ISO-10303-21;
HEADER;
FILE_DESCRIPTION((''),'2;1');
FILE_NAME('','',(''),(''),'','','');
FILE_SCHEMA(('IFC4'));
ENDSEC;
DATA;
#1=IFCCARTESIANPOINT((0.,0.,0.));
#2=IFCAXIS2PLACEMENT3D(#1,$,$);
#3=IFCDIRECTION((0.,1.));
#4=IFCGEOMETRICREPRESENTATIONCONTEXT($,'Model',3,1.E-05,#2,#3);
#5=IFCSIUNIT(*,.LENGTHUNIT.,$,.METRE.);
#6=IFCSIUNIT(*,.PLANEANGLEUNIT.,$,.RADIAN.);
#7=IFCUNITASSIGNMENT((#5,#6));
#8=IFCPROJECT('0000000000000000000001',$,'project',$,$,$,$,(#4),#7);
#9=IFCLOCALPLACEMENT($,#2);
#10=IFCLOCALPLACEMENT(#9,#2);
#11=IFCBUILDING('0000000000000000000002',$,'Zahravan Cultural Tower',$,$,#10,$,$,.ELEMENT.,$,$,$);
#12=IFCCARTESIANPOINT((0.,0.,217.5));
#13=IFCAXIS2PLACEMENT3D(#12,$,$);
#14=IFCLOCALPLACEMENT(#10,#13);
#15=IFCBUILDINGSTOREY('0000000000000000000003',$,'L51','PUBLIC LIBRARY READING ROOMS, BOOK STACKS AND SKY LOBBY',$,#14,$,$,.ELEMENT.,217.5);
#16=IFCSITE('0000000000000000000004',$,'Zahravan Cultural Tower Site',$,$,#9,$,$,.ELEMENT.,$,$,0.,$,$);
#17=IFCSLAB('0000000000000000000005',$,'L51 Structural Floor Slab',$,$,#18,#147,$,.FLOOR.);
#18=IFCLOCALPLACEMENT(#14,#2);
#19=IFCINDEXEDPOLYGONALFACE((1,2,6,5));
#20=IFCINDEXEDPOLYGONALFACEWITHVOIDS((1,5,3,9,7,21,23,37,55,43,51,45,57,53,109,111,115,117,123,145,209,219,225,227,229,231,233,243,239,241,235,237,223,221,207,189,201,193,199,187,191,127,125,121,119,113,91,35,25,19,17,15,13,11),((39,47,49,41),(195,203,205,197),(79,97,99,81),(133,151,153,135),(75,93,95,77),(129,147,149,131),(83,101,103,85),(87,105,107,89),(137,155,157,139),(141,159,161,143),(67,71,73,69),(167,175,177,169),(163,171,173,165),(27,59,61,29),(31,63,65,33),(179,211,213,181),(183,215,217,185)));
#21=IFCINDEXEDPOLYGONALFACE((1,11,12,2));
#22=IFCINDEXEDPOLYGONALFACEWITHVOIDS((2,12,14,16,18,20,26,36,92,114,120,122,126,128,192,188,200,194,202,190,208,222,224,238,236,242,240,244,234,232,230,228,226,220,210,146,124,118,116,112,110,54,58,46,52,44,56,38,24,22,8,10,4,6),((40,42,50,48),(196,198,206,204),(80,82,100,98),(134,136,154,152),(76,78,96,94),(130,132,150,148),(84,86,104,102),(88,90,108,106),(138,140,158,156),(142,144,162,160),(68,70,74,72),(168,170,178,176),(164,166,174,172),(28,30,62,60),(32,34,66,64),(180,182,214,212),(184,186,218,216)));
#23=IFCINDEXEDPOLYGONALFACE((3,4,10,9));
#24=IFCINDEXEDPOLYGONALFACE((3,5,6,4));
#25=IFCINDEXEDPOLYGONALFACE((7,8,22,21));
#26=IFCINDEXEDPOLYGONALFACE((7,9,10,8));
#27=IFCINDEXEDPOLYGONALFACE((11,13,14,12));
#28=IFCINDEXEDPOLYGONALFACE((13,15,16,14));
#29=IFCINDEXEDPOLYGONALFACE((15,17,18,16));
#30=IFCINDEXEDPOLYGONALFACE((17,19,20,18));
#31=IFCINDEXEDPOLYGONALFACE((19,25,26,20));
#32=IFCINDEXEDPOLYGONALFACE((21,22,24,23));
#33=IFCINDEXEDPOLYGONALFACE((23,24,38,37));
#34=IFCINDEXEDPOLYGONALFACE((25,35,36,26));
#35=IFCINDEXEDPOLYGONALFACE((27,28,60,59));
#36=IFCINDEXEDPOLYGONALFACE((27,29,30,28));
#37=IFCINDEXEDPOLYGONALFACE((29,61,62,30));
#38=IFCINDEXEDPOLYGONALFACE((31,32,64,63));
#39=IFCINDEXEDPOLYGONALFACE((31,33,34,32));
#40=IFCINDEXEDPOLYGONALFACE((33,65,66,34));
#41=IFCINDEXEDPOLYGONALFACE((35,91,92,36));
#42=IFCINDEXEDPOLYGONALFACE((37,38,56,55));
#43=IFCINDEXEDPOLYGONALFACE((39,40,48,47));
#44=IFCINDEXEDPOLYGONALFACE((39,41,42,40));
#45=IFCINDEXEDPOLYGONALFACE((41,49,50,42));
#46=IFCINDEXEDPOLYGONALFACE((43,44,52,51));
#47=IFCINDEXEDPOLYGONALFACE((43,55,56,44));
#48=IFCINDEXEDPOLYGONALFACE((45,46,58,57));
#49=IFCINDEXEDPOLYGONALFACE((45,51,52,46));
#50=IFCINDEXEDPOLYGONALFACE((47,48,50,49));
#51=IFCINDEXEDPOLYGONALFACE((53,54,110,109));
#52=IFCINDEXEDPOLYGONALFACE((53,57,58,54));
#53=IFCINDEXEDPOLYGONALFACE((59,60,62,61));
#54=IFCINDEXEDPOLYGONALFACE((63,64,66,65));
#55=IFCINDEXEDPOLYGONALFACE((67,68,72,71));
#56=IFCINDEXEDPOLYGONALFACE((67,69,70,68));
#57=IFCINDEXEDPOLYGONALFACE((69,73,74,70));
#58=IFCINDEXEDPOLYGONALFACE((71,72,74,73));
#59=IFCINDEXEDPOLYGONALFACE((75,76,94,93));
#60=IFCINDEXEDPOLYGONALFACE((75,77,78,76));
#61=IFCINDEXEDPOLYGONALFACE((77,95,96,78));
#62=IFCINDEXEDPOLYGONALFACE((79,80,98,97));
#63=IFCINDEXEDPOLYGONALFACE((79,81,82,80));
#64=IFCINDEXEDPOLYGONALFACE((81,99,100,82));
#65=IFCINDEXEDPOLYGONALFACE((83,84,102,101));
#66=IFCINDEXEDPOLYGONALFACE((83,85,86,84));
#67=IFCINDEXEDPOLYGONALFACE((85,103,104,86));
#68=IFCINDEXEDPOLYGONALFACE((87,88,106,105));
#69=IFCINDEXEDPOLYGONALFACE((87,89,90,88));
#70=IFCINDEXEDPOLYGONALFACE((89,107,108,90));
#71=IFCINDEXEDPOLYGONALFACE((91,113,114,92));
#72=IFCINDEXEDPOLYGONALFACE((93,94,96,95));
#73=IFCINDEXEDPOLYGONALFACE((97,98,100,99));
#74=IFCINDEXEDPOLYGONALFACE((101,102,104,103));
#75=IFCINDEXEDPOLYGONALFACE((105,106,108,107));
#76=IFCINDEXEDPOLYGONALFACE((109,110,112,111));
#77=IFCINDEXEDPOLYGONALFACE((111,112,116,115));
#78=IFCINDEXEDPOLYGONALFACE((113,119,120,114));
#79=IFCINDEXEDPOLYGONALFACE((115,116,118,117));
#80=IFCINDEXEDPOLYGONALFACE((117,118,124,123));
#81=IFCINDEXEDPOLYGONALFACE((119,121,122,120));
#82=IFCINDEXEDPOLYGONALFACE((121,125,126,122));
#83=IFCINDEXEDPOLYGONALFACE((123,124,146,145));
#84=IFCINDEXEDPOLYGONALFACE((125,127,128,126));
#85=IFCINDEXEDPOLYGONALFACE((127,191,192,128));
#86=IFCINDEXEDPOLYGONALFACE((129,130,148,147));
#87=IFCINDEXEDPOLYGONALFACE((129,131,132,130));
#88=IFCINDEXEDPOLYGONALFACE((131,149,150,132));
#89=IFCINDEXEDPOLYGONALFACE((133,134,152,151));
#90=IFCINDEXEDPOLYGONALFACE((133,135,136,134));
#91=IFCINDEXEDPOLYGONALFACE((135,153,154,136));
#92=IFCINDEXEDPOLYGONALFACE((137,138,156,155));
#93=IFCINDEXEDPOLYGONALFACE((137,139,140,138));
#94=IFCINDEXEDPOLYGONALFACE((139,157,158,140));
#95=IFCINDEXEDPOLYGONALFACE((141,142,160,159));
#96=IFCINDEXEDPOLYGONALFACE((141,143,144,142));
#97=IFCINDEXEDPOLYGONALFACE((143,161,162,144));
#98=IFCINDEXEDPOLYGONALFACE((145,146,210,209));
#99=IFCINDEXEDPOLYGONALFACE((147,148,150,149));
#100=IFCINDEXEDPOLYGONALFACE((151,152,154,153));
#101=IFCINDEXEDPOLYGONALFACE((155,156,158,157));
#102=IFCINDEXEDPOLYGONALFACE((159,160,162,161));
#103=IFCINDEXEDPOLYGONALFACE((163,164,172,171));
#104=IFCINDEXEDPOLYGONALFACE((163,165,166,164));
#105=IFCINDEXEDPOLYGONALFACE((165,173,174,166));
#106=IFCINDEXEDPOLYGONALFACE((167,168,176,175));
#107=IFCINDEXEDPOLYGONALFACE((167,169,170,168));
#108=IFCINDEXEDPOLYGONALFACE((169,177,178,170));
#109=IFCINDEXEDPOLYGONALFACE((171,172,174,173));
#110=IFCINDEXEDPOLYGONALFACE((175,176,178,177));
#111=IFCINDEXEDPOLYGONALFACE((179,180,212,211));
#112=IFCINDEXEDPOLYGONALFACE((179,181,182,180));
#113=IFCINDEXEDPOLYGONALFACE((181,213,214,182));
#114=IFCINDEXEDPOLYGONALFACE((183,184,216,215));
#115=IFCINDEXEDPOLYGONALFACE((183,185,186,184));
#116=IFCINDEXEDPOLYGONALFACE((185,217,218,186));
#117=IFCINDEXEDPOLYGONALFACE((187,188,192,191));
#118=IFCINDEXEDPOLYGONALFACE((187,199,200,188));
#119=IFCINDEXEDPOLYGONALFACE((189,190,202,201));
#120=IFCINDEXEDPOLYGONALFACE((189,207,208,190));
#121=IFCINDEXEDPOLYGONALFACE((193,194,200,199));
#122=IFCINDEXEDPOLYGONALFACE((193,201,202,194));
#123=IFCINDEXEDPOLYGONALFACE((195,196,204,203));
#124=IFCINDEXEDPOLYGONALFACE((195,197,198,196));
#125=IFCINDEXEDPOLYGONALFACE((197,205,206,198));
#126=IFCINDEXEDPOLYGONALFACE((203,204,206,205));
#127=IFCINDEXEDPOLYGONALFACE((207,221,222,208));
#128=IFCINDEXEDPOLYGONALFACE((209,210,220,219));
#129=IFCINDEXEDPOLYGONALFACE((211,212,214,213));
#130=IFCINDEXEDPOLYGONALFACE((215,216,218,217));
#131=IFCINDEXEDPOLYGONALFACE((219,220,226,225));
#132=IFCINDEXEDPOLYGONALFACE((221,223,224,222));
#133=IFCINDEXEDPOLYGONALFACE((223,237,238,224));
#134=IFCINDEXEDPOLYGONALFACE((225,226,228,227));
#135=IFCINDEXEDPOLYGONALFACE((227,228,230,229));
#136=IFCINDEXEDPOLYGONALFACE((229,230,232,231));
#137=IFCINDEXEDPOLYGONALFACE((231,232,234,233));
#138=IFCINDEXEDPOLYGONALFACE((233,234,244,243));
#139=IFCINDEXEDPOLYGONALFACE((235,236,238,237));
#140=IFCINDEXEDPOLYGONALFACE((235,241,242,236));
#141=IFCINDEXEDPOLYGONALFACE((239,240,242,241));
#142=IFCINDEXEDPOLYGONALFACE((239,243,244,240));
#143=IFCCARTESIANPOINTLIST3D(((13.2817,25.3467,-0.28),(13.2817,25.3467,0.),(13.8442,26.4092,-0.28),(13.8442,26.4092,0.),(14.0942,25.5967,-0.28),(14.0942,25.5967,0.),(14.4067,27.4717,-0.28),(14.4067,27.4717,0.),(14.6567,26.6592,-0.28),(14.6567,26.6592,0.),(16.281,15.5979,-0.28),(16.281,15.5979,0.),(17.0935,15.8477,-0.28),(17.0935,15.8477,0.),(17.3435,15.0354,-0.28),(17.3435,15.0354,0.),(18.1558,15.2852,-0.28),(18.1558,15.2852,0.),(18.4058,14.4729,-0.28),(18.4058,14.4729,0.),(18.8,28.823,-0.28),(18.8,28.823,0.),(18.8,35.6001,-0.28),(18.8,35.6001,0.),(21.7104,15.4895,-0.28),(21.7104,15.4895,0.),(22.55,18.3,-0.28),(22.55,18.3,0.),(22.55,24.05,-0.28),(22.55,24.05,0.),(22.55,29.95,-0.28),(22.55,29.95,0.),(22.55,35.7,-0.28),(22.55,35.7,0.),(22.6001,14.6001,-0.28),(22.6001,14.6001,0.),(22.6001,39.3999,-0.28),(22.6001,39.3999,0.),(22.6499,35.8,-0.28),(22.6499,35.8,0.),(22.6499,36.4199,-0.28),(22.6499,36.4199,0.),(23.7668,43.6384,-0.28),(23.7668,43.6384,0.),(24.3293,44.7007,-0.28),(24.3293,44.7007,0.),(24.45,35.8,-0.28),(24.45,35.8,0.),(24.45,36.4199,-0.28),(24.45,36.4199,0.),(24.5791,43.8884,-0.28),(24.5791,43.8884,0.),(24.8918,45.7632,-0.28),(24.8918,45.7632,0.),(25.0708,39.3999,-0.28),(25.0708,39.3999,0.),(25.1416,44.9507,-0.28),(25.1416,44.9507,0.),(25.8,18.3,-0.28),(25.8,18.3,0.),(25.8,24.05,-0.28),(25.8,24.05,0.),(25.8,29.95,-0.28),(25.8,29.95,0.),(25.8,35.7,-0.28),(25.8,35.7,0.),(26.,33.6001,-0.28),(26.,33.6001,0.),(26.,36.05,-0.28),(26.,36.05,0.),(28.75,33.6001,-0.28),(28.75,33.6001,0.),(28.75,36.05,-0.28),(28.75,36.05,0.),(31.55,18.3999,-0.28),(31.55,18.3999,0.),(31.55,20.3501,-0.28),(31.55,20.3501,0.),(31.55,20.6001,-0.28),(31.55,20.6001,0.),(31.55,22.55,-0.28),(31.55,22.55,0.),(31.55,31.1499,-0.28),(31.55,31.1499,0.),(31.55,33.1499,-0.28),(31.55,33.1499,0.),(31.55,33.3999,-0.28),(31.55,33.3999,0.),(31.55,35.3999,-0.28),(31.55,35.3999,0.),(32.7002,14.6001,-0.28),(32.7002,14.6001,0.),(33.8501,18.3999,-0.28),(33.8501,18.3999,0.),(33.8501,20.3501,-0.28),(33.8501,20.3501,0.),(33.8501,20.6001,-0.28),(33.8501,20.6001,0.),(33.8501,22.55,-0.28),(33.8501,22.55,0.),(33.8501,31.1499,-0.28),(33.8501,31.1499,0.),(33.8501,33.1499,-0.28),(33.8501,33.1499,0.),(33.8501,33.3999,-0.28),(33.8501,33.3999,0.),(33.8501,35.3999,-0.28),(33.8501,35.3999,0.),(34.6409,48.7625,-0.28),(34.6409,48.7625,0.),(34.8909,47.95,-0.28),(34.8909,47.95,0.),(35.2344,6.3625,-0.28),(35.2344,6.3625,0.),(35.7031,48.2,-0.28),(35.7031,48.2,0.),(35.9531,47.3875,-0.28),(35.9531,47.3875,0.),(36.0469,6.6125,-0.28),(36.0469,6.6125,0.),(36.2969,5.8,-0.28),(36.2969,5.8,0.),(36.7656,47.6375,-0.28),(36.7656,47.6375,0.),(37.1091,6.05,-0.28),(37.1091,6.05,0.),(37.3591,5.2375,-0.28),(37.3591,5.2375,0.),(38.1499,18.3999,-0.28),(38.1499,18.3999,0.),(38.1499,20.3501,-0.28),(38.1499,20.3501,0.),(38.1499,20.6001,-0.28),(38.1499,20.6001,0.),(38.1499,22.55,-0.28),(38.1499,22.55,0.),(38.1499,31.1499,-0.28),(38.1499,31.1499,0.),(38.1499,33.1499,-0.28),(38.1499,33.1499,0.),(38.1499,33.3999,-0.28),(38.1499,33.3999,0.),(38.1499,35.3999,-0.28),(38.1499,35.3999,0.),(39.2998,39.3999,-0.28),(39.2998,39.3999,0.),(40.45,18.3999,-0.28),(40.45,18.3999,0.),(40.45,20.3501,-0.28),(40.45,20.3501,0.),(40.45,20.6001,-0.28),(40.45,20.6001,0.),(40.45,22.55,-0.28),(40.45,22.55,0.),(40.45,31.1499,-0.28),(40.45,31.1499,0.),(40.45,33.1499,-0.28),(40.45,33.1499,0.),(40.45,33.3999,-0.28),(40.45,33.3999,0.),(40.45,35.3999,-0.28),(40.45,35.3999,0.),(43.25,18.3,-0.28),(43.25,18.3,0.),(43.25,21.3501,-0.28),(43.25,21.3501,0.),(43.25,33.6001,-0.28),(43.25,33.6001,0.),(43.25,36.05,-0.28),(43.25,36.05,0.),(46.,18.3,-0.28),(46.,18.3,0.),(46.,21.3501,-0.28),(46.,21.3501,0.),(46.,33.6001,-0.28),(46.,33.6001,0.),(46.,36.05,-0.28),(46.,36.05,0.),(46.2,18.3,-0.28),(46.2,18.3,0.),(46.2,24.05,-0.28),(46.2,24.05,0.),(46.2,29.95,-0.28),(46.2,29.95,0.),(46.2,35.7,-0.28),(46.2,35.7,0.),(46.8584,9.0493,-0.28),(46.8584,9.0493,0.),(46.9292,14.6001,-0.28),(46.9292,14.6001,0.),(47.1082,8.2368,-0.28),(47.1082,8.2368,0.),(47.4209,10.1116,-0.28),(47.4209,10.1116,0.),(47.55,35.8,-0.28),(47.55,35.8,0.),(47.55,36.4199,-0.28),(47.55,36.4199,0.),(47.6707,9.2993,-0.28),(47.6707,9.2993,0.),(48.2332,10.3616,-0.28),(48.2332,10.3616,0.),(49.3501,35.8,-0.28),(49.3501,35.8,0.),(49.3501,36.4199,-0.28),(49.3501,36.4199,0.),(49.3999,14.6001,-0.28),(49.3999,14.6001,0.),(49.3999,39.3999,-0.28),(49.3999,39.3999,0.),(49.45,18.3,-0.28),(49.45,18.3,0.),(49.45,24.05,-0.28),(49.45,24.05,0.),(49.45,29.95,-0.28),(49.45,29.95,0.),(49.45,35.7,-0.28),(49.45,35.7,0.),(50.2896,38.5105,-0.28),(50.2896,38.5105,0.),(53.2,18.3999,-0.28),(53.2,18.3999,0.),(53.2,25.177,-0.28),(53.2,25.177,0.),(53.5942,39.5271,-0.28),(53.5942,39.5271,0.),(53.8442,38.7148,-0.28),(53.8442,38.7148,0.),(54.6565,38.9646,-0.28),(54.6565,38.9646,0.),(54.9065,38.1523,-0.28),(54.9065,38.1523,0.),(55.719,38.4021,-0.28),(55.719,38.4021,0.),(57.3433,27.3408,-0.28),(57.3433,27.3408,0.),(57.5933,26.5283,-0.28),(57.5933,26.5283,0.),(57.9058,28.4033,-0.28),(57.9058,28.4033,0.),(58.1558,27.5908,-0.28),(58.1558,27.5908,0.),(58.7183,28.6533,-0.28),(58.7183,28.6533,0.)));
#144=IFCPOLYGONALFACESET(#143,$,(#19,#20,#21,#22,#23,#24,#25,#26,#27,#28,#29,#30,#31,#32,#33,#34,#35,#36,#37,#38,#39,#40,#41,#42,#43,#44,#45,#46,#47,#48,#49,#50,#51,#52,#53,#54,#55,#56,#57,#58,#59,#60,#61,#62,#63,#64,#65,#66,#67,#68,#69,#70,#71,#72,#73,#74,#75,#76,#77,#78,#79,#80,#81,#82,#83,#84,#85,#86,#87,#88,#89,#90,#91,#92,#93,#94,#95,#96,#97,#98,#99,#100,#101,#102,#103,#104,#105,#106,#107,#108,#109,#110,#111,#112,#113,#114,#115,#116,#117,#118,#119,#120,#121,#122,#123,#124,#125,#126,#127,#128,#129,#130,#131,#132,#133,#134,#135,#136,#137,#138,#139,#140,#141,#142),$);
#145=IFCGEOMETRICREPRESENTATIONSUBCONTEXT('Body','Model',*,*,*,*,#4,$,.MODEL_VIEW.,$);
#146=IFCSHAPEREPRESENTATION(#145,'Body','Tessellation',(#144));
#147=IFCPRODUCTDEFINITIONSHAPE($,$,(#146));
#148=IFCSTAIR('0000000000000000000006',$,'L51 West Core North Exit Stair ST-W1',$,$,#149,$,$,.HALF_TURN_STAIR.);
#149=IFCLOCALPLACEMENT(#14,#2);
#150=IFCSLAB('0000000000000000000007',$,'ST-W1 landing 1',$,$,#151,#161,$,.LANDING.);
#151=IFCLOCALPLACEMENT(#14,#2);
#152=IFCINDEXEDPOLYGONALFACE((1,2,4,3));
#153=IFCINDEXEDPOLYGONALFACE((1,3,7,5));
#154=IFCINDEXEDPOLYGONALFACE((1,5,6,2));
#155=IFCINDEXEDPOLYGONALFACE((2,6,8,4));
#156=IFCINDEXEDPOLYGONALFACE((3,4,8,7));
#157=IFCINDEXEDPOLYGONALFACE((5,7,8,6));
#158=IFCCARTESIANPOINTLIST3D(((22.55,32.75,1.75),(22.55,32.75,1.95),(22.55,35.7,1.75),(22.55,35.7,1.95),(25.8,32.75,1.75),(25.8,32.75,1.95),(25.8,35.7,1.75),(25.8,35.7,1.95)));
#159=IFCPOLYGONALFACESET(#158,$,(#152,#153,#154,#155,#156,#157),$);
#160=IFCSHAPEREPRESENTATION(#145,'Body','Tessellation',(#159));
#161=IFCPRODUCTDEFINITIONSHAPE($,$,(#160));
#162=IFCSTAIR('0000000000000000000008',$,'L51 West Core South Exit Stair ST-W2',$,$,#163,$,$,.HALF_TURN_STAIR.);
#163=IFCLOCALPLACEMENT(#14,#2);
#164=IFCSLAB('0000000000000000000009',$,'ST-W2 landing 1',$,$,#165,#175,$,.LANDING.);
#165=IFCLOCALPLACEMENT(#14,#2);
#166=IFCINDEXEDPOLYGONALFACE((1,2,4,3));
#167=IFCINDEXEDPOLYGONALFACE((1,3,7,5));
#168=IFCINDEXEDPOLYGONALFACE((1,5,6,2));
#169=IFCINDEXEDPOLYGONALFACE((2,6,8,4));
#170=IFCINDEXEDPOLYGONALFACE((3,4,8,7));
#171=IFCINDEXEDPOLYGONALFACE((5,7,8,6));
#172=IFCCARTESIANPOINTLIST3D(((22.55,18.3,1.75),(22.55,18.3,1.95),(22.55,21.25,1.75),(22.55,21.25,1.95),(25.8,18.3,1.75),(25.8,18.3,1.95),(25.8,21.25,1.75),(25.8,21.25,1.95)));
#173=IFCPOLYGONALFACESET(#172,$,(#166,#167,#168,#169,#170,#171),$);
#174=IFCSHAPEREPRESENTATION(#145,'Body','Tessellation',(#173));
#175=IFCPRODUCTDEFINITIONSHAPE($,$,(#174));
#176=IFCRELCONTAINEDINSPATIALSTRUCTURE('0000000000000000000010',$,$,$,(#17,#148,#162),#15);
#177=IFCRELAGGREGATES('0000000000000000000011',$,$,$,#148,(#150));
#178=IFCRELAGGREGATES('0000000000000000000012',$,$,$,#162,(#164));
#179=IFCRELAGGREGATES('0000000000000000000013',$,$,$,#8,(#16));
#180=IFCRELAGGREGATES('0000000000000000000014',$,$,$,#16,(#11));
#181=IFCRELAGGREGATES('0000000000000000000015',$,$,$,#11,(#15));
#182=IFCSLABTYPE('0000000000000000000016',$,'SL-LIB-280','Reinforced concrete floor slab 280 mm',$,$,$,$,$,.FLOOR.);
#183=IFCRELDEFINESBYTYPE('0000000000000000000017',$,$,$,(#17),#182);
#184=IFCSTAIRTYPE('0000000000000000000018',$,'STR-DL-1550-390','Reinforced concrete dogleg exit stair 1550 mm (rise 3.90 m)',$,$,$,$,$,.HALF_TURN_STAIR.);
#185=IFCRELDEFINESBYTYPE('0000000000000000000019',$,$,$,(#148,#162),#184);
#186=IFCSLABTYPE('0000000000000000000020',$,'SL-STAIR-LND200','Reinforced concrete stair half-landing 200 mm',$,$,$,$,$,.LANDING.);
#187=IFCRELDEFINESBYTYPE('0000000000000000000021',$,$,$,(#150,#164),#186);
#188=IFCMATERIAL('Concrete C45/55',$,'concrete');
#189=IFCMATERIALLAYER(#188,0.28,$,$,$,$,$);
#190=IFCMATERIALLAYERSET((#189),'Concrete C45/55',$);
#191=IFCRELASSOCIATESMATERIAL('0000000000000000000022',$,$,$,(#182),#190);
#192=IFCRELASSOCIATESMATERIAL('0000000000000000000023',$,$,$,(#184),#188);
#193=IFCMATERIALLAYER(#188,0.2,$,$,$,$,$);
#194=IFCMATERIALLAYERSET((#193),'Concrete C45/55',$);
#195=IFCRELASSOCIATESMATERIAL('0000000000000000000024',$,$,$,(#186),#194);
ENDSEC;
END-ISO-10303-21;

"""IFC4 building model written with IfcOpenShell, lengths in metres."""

from ifc_helpers import new_model, si_unit, direction, frame, origin, place, context, subcontext, project, spatial, polyline, outline, extrude, material, layer, layer_set, type_object, element, aggregate, save


model = new_model("IFC4")

# Units and contexts
model_context = context("Model", 3, precision=1e-05, world=origin(), true_north=direction((0.0, 1.0)))
body_context = subcontext(model_context, "Body", "Model", "MODEL_VIEW")
ifc_project = project(units=[si_unit("LENGTHUNIT", "METRE"), si_unit("PLANEANGLEUNIT", "RADIAN")], contexts=[model_context])

# Site, building, storey
site_placement = place(None, origin())
site = spatial("IfcSite", under=ifc_project, at=site_placement, Name="Zahravan Cultural Tower Site", CompositionType="ELEMENT", RefElevation=0.0)
building_placement = place(site_placement, origin())
building = spatial("IfcBuilding", under=site, at=building_placement, Name="Zahravan Cultural Tower", CompositionType="ELEMENT")
storey_placement = place(building_placement, frame((0.0, 0.0, 217.5)))
storey = spatial("IfcBuildingStorey", under=building, at=storey_placement, Name="L51", Description="PUBLIC LIBRARY READING ROOMS, BOOK STACKS AND SKY LOBBY", CompositionType="ELEMENT", Elevation=217.5)

# Slab
ifc_material_1 = material(Name="Concrete C45/55", Category="concrete")
ifc_layer_1 = layer(ifc_material_1, 0.28)
ifc_layer_set_1 = layer_set([ifc_layer_1], Name="Concrete C45/55")
slab_type_1 = type_object("IfcSlabType", Name="SL-LIB-280", Description="Reinforced concrete floor slab 280 mm", PredefinedType="FLOOR", material=ifc_layer_set_1)
slab_1_placement = place(storey_placement, frame((0.0, 0.0, -0.28)))
element("IfcSlab", 1, at=slab_1_placement, inside=storey, type_object=slab_type_1, Name="L51 Structural Floor Slab", PredefinedType="FLOOR", context=body_context, shape_type="SweptSolid", body=[
    extrude(outline(polyline([(50.2896, 38.5105), (49.3999, 39.3999), (39.2998, 39.3999), (36.7656, 47.6375), (35.9531, 47.3875), (35.7031, 48.2), (34.8909, 47.95), (34.6409, 48.7625), (24.8918, 45.7632), (25.1416, 44.9507), (24.3293, 44.7007), (24.5791, 43.8884), (23.7668, 43.6384), (25.0708, 39.3999), (22.6001, 39.3999), (18.8, 35.6001), (18.8, 28.823), (14.4067, 27.4717), (14.6567, 26.6592), (13.8442, 26.4092), (14.0942, 25.5967), (13.2817, 25.3467), (16.281, 15.5979), (17.0935, 15.8477), (17.3435, 15.0354), (18.1558, 15.2852), (18.4058, 14.4729), (21.7104, 15.4895), (22.6001, 14.6001), (32.7002, 14.6001), (35.2344, 6.3625), (36.0469, 6.6125), (36.2969, 5.8), (37.1091, 6.05), (37.3591, 5.2375), (47.1082, 8.2368), (46.8584, 9.0493), (47.6707, 9.2993), (47.4209, 10.1116), (48.2332, 10.3616), (46.9292, 14.6001), (49.3999, 14.6001), (53.2, 18.3999), (53.2, 25.177), (57.5933, 26.5283), (57.3433, 27.3408), (58.1558, 27.5908), (57.9058, 28.4033), (58.7183, 28.6533), (55.719, 38.4021), (54.9065, 38.1523), (54.6565, 38.9646), (53.8442, 38.7148), (53.5942, 39.5271), (50.2896, 38.5105)]), holes=[polyline([(22.55, 29.95), (22.55, 35.7), (25.8, 35.7), (25.8, 29.95), (22.55, 29.95)]), polyline([(22.55, 18.3), (22.55, 24.05), (25.8, 24.05), (25.8, 18.3), (22.55, 18.3)]), polyline([(46.2, 29.95), (46.2, 35.7), (49.45, 35.7), (49.45, 29.95), (46.2, 29.95)]), polyline([(46.2, 18.3), (46.2, 24.05), (49.45, 24.05), (49.45, 18.3), (46.2, 18.3)]), polyline([(26.0, 33.6001), (26.0, 36.05), (28.75, 36.05), (28.75, 33.6001), (26.0, 33.6001)]), polyline([(43.25, 33.6001), (43.25, 36.05), (46.0, 36.05), (46.0, 33.6001), (43.25, 33.6001)]), polyline([(43.25, 18.3), (43.25, 21.3501), (46.0, 21.3501), (46.0, 18.3), (43.25, 18.3)]), polyline([(31.55, 33.3999), (31.55, 35.3999), (33.8501, 35.3999), (33.8501, 33.3999), (31.55, 33.3999)]), polyline([(31.55, 31.1499), (31.55, 33.1499), (33.8501, 33.1499), (33.8501, 31.1499), (31.55, 31.1499)]), polyline([(38.1499, 33.3999), (38.1499, 35.3999), (40.45, 35.3999), (40.45, 33.3999), (38.1499, 33.3999)]), polyline([(38.1499, 31.1499), (38.1499, 33.1499), (40.45, 33.1499), (40.45, 31.1499), (38.1499, 31.1499)]), polyline([(31.55, 20.6001), (31.55, 22.55), (33.8501, 22.55), (33.8501, 20.6001), (31.55, 20.6001)]), polyline([(31.55, 18.3999), (31.55, 20.3501), (33.8501, 20.3501), (33.8501, 18.3999), (31.55, 18.3999)]), polyline([(38.1499, 20.6001), (38.1499, 22.55), (40.45, 22.55), (40.45, 20.6001), (38.1499, 20.6001)]), polyline([(38.1499, 18.3999), (38.1499, 20.3501), (40.45, 20.3501), (40.45, 18.3999), (38.1499, 18.3999)]), polyline([(22.6499, 35.8), (22.6499, 36.4199), (24.45, 36.4199), (24.45, 35.8), (22.6499, 35.8)]), polyline([(47.55, 35.8), (47.55, 36.4199), (49.3501, 36.4199), (49.3501, 35.8), (47.55, 35.8)])]), origin(), (0.0, 0.0, 1.0), 0.28),
])

# Stairs, slabs
stair_type = type_object("IfcStairType", Name="STR-DL-1550-390", Description="Reinforced concrete dogleg exit stair 1550 mm (rise 3.90 m)", PredefinedType="HALF_TURN_STAIR", material=ifc_material_1)
stair_1_placement = place(storey_placement, origin())
stair_1 = element("IfcStair", 2, at=stair_1_placement, inside=storey, type_object=stair_type, Name="L51 West Core North Exit Stair ST-W1", PredefinedType="HALF_TURN_STAIR")
ifc_layer_2 = layer(ifc_material_1, 0.2)
ifc_layer_set_2 = layer_set([ifc_layer_2], Name="Concrete C45/55")
slab_type_2 = type_object("IfcSlabType", Name="SL-STAIR-LND200", Description="Reinforced concrete stair half-landing 200 mm", PredefinedType="LANDING", material=ifc_layer_set_2)
slab_2_placement = place(storey_placement, frame((0.0, 0.0, 1.75)))
slab_2 = element("IfcSlab", 3, at=slab_2_placement, type_object=slab_type_2, Name="ST-W1 landing 1", PredefinedType="LANDING", context=body_context, shape_type="SweptSolid", body=[
    extrude(outline(polyline([(25.8, 32.75), (25.8, 35.7), (22.55, 35.7), (22.55, 32.75), (25.8, 32.75)])), origin(), (0.0, 0.0, 1.0), 0.2),
])
aggregate(stair_1, [slab_2])
stair_2_placement = place(storey_placement, origin())
stair_2 = element("IfcStair", 4, at=stair_2_placement, inside=storey, type_object=stair_type, Name="L51 West Core South Exit Stair ST-W2", PredefinedType="HALF_TURN_STAIR")
slab_3_placement = place(storey_placement, frame((0.0, 0.0, 1.75)))
slab_3 = element("IfcSlab", 5, at=slab_3_placement, type_object=slab_type_2, Name="ST-W2 landing 1", PredefinedType="LANDING", context=body_context, shape_type="SweptSolid", body=[
    extrude(outline(polyline([(22.55, 21.25), (22.55, 18.3), (25.8, 18.3), (25.8, 21.25), (22.55, 21.25)])), origin(), (0.0, 0.0, 1.0), 0.2),
])
aggregate(stair_2, [slab_3])

save(model, "model.ifc")
